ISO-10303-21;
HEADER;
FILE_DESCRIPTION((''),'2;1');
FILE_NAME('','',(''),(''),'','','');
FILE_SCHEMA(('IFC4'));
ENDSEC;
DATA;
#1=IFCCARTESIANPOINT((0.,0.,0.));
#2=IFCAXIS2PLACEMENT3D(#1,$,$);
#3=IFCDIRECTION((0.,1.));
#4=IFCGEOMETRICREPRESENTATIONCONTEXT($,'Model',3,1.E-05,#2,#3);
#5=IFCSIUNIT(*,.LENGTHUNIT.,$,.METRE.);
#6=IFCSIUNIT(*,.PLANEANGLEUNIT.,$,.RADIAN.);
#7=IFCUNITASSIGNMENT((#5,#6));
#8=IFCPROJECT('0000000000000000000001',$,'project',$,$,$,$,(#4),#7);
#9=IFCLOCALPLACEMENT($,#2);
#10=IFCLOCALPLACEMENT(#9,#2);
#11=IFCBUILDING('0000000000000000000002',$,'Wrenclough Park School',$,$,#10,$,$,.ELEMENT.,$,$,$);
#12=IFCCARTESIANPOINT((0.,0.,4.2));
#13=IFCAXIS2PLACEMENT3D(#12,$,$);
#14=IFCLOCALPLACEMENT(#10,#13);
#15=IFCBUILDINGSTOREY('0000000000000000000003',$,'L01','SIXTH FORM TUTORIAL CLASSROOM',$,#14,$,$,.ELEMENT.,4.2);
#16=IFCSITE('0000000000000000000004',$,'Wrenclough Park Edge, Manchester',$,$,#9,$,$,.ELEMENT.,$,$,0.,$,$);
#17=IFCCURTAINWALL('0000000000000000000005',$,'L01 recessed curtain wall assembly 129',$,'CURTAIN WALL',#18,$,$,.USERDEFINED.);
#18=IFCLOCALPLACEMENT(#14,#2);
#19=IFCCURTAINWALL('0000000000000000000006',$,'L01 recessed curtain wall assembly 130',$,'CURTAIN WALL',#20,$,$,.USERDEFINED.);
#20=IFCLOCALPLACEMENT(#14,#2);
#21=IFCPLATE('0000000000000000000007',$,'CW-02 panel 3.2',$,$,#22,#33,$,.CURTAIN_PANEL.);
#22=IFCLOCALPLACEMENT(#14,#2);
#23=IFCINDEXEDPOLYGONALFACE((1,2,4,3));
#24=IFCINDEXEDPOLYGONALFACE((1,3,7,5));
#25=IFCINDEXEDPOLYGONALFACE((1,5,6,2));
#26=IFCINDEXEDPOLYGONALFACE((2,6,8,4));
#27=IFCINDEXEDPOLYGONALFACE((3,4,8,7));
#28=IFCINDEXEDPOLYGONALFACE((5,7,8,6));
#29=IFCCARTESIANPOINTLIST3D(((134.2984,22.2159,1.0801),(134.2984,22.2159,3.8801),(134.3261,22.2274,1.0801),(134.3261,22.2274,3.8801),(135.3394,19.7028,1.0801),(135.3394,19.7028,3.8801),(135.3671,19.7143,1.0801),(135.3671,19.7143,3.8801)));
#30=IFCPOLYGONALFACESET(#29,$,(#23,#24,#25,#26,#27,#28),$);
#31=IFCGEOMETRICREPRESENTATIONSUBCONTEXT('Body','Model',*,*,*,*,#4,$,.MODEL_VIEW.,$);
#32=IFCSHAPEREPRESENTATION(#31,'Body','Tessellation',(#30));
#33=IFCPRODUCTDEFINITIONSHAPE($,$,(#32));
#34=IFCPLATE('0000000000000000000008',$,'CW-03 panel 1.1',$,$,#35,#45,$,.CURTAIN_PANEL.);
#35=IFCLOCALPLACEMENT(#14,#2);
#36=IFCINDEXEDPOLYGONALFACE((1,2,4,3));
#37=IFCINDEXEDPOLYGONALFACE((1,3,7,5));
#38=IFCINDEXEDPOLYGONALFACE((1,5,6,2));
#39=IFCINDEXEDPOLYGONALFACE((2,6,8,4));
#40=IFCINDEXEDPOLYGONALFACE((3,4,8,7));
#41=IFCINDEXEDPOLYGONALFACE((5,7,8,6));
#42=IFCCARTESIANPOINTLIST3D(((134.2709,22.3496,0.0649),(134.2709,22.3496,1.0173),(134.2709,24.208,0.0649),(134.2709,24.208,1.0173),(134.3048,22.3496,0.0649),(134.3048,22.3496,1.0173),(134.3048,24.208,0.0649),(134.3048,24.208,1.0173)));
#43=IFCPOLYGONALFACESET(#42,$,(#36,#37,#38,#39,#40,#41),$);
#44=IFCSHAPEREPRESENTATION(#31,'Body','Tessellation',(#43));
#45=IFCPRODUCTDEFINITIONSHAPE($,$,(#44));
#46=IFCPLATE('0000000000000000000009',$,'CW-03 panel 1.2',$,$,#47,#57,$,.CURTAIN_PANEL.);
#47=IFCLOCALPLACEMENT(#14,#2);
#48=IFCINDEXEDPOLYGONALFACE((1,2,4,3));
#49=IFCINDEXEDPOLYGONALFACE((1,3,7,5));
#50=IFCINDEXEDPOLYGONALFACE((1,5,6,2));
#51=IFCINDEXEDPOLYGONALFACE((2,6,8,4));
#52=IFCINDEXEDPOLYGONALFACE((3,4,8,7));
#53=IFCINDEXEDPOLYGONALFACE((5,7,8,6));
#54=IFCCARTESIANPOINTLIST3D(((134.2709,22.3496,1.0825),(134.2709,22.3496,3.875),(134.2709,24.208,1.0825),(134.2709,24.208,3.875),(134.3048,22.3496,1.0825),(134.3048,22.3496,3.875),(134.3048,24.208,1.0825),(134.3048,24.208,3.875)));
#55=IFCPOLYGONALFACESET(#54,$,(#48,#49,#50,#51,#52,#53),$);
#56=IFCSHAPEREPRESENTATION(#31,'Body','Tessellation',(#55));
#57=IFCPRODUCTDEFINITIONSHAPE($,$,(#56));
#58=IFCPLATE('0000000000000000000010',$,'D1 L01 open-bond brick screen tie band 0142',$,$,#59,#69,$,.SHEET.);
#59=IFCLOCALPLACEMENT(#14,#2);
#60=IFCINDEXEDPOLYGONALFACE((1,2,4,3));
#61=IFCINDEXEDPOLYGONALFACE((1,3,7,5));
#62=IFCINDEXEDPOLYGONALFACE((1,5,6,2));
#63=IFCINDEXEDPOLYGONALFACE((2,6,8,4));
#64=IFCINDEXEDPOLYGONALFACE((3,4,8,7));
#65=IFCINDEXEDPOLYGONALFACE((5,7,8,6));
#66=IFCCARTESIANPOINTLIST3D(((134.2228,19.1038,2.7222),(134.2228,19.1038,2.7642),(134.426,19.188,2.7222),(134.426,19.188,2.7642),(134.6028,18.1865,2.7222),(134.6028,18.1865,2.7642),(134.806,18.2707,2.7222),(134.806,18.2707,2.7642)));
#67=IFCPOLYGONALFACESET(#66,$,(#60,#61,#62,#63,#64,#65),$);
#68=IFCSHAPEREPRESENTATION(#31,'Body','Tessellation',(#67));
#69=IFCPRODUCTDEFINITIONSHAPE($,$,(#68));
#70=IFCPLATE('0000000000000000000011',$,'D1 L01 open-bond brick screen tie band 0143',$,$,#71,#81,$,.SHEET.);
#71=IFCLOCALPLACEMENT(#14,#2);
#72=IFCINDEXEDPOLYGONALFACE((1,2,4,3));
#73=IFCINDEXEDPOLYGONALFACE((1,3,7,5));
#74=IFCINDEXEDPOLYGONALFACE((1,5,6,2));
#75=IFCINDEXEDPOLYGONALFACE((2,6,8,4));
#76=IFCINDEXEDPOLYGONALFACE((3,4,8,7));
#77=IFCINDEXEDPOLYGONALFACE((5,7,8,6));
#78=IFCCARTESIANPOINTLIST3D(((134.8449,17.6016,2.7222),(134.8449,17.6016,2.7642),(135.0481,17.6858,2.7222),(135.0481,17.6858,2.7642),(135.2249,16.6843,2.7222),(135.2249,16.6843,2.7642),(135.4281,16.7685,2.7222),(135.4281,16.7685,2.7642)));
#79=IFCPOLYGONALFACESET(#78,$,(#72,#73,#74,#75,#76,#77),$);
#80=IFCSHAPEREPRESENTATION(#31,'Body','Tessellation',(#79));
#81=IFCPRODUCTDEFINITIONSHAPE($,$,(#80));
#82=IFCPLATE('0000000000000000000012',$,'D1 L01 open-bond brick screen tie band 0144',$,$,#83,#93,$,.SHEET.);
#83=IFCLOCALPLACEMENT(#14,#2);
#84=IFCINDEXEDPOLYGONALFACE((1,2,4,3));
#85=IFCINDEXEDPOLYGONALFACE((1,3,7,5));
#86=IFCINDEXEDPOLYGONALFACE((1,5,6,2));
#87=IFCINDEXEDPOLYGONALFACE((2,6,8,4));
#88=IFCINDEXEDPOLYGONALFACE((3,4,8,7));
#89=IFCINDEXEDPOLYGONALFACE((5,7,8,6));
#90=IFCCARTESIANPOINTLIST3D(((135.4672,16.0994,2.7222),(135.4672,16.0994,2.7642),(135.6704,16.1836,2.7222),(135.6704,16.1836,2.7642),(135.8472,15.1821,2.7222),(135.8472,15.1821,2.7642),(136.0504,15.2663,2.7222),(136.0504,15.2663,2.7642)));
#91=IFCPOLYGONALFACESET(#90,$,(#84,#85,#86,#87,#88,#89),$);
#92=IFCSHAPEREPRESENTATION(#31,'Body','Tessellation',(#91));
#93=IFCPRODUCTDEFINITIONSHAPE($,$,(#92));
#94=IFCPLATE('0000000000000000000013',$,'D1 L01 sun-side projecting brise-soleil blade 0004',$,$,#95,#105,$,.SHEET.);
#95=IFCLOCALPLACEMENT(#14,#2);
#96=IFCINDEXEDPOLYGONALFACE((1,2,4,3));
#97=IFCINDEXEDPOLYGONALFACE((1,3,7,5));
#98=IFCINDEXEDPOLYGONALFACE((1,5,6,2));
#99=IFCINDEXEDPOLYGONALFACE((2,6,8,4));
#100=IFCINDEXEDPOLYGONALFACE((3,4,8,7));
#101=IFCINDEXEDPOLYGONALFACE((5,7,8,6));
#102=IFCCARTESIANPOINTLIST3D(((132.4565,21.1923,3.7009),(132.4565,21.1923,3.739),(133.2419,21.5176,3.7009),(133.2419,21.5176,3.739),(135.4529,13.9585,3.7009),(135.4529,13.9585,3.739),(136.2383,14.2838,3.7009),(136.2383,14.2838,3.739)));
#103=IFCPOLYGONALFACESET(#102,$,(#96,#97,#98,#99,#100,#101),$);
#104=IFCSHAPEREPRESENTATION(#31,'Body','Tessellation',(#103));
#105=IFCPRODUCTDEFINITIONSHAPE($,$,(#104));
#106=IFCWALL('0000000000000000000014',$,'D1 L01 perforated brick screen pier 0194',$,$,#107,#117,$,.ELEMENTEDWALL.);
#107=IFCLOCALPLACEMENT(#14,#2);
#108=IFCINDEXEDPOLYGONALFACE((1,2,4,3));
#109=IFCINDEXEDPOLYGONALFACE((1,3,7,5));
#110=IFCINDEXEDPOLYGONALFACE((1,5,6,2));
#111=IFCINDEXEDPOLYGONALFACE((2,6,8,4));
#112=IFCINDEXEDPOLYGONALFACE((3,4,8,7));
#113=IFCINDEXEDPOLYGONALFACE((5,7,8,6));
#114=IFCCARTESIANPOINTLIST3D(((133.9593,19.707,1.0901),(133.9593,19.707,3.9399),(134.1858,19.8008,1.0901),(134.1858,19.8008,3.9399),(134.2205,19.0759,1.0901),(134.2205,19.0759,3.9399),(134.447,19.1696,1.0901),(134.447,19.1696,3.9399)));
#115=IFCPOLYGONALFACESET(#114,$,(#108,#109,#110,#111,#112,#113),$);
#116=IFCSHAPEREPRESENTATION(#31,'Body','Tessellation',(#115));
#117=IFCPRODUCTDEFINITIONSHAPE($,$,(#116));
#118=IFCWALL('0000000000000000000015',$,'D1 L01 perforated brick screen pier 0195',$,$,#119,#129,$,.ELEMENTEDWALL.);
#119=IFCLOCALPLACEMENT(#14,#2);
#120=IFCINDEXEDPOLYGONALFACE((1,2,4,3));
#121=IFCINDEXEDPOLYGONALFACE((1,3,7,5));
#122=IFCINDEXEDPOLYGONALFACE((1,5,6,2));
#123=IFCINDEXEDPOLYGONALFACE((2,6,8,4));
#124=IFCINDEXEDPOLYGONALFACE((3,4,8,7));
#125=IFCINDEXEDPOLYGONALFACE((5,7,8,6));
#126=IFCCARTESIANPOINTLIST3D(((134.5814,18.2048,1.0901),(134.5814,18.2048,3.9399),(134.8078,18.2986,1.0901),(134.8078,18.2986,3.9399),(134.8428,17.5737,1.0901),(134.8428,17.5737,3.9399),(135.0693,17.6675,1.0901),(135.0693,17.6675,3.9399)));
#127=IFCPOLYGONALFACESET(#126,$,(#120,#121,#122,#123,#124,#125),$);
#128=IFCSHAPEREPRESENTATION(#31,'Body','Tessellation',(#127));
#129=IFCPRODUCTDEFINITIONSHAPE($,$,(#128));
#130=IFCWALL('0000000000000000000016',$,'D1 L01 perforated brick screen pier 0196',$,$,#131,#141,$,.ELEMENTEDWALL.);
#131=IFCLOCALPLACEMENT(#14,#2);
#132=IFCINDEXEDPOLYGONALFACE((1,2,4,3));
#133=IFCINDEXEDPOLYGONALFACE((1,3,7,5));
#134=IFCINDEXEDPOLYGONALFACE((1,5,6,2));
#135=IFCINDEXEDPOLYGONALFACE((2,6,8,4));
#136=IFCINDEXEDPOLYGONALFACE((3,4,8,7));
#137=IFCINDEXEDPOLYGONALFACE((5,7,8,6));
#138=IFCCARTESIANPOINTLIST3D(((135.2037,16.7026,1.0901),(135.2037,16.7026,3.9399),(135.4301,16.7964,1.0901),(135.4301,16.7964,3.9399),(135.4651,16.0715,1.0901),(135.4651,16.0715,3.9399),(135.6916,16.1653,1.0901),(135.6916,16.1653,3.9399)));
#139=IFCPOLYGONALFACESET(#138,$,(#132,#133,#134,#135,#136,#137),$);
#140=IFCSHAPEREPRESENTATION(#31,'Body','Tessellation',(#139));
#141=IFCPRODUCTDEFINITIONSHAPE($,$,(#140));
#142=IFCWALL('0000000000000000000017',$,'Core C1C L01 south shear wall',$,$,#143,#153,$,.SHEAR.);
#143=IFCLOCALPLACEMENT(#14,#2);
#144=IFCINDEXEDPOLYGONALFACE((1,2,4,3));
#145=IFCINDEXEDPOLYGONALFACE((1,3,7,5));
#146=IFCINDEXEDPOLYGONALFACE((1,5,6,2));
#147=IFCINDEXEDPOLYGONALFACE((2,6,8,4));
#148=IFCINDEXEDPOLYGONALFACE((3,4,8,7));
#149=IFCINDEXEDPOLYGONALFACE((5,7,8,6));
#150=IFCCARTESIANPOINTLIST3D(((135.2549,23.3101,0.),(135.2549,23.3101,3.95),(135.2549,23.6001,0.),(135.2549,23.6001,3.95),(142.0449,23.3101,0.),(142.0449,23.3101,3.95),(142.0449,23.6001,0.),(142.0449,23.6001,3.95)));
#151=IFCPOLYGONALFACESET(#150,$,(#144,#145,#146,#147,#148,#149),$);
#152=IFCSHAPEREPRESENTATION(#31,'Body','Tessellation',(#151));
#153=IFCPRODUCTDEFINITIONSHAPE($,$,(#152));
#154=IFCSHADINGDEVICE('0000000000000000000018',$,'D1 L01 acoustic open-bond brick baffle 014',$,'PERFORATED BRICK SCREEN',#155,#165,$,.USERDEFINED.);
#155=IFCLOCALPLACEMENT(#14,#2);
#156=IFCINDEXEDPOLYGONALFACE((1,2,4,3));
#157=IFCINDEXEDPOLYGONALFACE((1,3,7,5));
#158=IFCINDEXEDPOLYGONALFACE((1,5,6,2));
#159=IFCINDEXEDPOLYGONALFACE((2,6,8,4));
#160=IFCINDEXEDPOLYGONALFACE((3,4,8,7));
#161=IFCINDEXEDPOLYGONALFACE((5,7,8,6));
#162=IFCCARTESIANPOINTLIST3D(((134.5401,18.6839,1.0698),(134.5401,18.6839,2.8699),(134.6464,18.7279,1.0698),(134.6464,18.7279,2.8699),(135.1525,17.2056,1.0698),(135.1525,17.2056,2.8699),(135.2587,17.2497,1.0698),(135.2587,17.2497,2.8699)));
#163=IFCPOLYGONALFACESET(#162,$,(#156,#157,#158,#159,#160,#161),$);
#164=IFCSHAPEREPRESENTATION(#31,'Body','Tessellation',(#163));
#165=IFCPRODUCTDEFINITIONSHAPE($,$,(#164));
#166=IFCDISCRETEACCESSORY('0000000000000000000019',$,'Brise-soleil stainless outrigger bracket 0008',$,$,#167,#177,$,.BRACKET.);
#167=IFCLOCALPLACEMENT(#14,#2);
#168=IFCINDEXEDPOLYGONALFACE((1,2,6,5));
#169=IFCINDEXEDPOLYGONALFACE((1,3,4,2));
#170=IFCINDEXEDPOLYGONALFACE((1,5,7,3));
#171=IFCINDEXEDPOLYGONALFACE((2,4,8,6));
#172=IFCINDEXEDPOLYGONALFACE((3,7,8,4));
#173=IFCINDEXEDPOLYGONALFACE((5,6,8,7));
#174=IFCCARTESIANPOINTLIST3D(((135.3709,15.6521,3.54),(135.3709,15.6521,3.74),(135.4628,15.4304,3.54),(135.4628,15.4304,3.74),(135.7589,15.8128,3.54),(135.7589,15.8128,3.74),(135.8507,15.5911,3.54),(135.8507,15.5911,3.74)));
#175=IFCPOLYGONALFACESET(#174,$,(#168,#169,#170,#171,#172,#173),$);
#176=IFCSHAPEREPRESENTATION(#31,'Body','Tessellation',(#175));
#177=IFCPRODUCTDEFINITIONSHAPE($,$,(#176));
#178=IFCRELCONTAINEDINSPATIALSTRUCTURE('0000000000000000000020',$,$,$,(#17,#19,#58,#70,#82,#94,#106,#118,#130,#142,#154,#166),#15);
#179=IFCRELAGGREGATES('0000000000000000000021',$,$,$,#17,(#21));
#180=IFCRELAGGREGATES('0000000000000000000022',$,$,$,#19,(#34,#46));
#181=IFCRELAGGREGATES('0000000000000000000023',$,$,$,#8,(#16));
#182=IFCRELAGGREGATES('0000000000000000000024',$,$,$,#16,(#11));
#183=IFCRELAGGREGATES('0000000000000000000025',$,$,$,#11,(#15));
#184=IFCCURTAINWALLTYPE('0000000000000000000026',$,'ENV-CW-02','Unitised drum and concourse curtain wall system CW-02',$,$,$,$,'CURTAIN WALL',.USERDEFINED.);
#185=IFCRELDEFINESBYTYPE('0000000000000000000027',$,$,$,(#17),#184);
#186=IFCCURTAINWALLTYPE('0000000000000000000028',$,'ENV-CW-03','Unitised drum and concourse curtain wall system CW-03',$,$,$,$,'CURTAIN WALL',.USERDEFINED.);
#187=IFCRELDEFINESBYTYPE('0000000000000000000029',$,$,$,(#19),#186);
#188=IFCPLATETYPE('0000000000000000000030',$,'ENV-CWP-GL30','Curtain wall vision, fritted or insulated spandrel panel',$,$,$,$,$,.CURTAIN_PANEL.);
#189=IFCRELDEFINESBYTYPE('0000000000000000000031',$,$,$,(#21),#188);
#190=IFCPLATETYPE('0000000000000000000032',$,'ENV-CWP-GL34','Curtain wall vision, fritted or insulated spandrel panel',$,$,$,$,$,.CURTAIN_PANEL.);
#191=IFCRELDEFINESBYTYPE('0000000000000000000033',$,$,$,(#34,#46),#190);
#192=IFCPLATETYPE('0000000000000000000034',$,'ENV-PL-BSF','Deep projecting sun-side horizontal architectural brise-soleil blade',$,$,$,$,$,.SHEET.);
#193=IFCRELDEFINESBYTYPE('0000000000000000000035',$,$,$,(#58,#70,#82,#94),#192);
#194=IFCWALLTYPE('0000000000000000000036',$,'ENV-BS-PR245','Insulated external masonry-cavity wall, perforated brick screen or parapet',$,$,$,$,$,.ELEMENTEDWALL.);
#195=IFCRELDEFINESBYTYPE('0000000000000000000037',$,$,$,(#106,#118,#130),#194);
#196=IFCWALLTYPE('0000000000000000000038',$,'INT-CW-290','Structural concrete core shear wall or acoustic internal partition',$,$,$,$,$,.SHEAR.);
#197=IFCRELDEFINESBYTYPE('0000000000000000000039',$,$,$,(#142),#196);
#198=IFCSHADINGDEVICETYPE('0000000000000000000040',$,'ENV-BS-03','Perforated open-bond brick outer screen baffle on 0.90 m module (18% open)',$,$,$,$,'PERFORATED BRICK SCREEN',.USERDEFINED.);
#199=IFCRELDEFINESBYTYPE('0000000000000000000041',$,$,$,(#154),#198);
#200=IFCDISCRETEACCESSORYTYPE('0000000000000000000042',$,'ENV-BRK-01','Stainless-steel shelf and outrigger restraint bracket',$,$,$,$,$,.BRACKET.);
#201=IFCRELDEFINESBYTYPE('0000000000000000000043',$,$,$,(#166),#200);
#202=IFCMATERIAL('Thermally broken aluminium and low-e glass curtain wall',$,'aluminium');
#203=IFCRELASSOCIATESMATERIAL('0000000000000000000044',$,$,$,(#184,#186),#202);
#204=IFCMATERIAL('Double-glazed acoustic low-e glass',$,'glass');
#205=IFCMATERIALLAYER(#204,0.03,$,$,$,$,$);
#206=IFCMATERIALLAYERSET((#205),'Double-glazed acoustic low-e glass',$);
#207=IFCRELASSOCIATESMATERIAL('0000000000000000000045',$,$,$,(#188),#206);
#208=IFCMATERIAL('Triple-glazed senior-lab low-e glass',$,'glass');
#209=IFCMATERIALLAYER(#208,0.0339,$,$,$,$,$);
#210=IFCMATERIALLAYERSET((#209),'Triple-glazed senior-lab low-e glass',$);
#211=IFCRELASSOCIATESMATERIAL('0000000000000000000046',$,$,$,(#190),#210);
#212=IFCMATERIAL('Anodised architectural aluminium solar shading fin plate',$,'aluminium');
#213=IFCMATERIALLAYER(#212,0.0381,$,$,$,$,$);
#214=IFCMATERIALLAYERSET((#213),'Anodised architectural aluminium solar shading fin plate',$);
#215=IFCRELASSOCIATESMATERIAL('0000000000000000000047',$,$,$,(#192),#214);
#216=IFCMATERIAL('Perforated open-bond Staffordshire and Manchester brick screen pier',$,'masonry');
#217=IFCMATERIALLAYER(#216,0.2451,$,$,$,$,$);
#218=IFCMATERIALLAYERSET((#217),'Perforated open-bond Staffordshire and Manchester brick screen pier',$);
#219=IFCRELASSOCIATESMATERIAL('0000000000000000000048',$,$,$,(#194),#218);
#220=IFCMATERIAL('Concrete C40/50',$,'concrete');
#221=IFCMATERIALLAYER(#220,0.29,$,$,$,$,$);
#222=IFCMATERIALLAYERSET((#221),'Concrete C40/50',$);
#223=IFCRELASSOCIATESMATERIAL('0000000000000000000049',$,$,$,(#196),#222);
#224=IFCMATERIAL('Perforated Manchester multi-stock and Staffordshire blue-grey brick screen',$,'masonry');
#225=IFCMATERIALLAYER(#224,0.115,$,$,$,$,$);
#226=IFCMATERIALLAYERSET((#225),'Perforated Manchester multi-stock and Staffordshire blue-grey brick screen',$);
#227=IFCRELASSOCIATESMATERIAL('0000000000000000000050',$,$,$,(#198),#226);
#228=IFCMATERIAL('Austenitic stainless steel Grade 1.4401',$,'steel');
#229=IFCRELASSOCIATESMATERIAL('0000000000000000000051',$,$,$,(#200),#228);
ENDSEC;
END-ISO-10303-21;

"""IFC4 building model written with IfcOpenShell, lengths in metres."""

from ifc_helpers import new_model, si_unit, direction, frame, frame_2d, origin, origin_2d, place, context, subcontext, project, spatial, rectangle, extrude, material, layer, layer_set, type_object, element, aggregate, save


model = new_model("IFC4")

# Units and contexts
model_context = context("Model", 3, precision=1e-05, world=origin(), true_north=direction((0.0, 1.0)))
body_context = subcontext(model_context, "Body", "Model", "MODEL_VIEW")
ifc_project = project(units=[si_unit("LENGTHUNIT", "METRE"), si_unit("PLANEANGLEUNIT", "RADIAN")], contexts=[model_context])

# Site, building, storey
site_placement = place(None, origin())
site = spatial("IfcSite", under=ifc_project, at=site_placement, Name="Wrenclough Park Edge, Manchester", CompositionType="ELEMENT", RefElevation=0.0)
building_placement = place(site_placement, origin())
building = spatial("IfcBuilding", under=site, at=building_placement, Name="Wrenclough Park School", CompositionType="ELEMENT")
storey_placement = place(building_placement, frame((0.0, 0.0, 4.2)))
storey = spatial("IfcBuildingStorey", under=building, at=storey_placement, Name="L01", Description="SIXTH FORM TUTORIAL CLASSROOM", CompositionType="ELEMENT", Elevation=4.2)

# Curtain walls
ifc_material_1 = material(Name="Thermally broken aluminium and low-e glass curtain wall", Category="aluminium")
curtain_wall_type_1 = type_object("IfcCurtainWallType", Name="ENV-CW-02", Description="Unitised drum and concourse curtain wall system CW-02", ElementType="CURTAIN WALL", PredefinedType="USERDEFINED", material=ifc_material_1)
curtain_wall_1_placement = place(storey_placement, origin())
curtain_wall_1 = element("IfcCurtainWall", 1, at=curtain_wall_1_placement, inside=storey, type_object=curtain_wall_type_1, Name="L01 recessed curtain wall assembly 129", ObjectType="CURTAIN WALL", PredefinedType="USERDEFINED")
curtain_wall_type_2 = type_object("IfcCurtainWallType", Name="ENV-CW-03", Description="Unitised drum and concourse curtain wall system CW-03", ElementType="CURTAIN WALL", PredefinedType="USERDEFINED", material=ifc_material_1)
curtain_wall_2_placement = place(storey_placement, origin())
curtain_wall_2 = element("IfcCurtainWall", 2, at=curtain_wall_2_placement, inside=storey, type_object=curtain_wall_type_2, Name="L01 recessed curtain wall assembly 130", ObjectType="CURTAIN WALL", PredefinedType="USERDEFINED")

# Plates
ifc_material_2 = material(Name="Double-glazed acoustic low-e glass", Category="glass")
ifc_layer_1 = layer(ifc_material_2, 0.03)
ifc_layer_set_1 = layer_set([ifc_layer_1], Name="Double-glazed acoustic low-e glass")
plate_type_1 = type_object("IfcPlateType", Name="ENV-CWP-GL30", Description="Curtain wall vision, fritted or insulated spandrel panel", PredefinedType="CURTAIN_PANEL", material=ifc_layer_set_1)
plate_1_placement = place(storey_placement, frame((134.8328, 20.9651, 1.0801), z_axis=(0.0, 0.0, 1.0), x_axis=(-0.382687, 0.923878, 0.0)))
plate_1 = element("IfcPlate", 3, at=plate_1_placement, type_object=plate_type_1, Name="CW-02 panel 3.2", PredefinedType="CURTAIN_PANEL", context=body_context, shape_type="SweptSolid", body=[
    extrude(rectangle(XDim=2.7202, YDim=0.03, at=origin_2d()), origin(), (0.0, 0.0, 1.0), 2.8),
])
aggregate(curtain_wall_1, [plate_1])
ifc_material_3 = material(Name="Triple-glazed senior-lab low-e glass", Category="glass")
ifc_layer_2 = layer(ifc_material_3, 0.0339)
ifc_layer_set_2 = layer_set([ifc_layer_2], Name="Triple-glazed senior-lab low-e glass")
plate_type_2 = type_object("IfcPlateType", Name="ENV-CWP-GL34", Description="Curtain wall vision, fritted or insulated spandrel panel", PredefinedType="CURTAIN_PANEL", material=ifc_layer_set_2)
plate_2_placement = place(storey_placement, frame((134.2878, 23.2788, 0.0649), z_axis=(0.0, 0.0, 1.0), x_axis=(0.0, 1.0, 0.0)))
plate_2 = element("IfcPlate", 4, at=plate_2_placement, type_object=plate_type_2, Name="CW-03 panel 1.1", PredefinedType="CURTAIN_PANEL", context=body_context, shape_type="SweptSolid", body=[
    extrude(rectangle(XDim=1.8584, YDim=0.0339, at=origin_2d()), origin(), (0.0, 0.0, 1.0), 0.9524),
])
plate_3_placement = place(storey_placement, frame((134.2878, 23.2788, 1.0825), z_axis=(0.0, 0.0, 1.0), x_axis=(0.0, 1.0, 0.0)))
plate_3 = element("IfcPlate", 5, at=plate_3_placement, type_object=plate_type_2, Name="CW-03 panel 1.2", PredefinedType="CURTAIN_PANEL", context=body_context, shape_type="SweptSolid", body=[
    extrude(rectangle(XDim=1.8584, YDim=0.0339, at=origin_2d()), origin(), (0.0, 0.0, 1.0), 2.7925),
])
aggregate(curtain_wall_2, [plate_2, plate_3])

# Plates
ifc_material_4 = material(Name="Anodised architectural aluminium solar shading fin plate", Category="aluminium")
ifc_layer_3 = layer(ifc_material_4, 0.0381)
ifc_layer_set_3 = layer_set([ifc_layer_3], Name="Anodised architectural aluminium solar shading fin plate")
plate_type_3 = type_object("IfcPlateType", Name="ENV-PL-BSF", Description="Deep projecting sun-side horizontal architectural brise-soleil blade", PredefinedType="SHEET", material=ifc_layer_set_3)
for number, where, z_axis, x_axis, name in (
    (6, (134.5144, 18.6873, 2.7222), (0.0, 0.0, 1.0), (0.382692, -0.923876, 0.0), "D1 L01 open-bond brick screen tie band 0142"),
    (7, (135.1365, 17.1851, 2.7222), (0.0, 0.0, 1.0), (0.382692, -0.923876, 0.0), "D1 L01 open-bond brick screen tie band 0143"),
    (8, (135.7588, 15.6829, 2.7222), (0.0, 0.0, 1.0), (0.382692, -0.923876, 0.0), "D1 L01 open-bond brick screen tie band 0144"),
):
    element("IfcPlate", number, at=place(storey_placement, frame(where, z_axis=z_axis, x_axis=x_axis)), inside=storey, type_object=plate_type_3, Name=name, PredefinedType="SHEET", context=body_context, shape_type="SweptSolid", body=[
        extrude(rectangle(XDim=0.9929, YDim=0.22, at=origin_2d()), origin(), (0.0, 0.0, 1.0), 0.042),
    ])
plate_4_placement = place(storey_placement, frame((134.3474, 17.738, 3.7009), z_axis=(0.0, 0.0, 1.0), x_axis=(0.382692, -0.923876, 0.0)))
element("IfcPlate", 9, at=plate_4_placement, inside=storey, type_object=plate_type_3, Name="D1 L01 sun-side projecting brise-soleil blade 0004", PredefinedType="SHEET", context=body_context, shape_type="SweptSolid", body=[
    extrude(rectangle(XDim=7.8298, YDim=0.8501, at=origin_2d()), origin(), (0.0, 0.0, 1.0), 0.0381),
])

# Walls
ifc_material_5 = material(Name="Perforated open-bond Staffordshire and Manchester brick screen pier", Category="masonry")
ifc_layer_4 = layer(ifc_material_5, 0.2451)
ifc_layer_set_4 = layer_set([ifc_layer_4], Name="Perforated open-bond Staffordshire and Manchester brick screen pier")
wall_type_1 = type_object("IfcWallType", Name="ENV-BS-PR245", Description="Insulated external masonry-cavity wall, perforated brick screen or parapet", PredefinedType="ELEMENTEDWALL", material=ifc_layer_set_4)
for number, where, z_axis, x_axis, name in (
    (10, (134.0725, 19.7539, 1.0901), (0.0, 0.0, 1.0), (0.382457, -0.923973, 0.0), "D1 L01 perforated brick screen pier 0194"),
    (11, (134.6946, 18.2517, 1.0901), (0.0, 0.0, 1.0), (0.382762, -0.923847, 0.0), "D1 L01 perforated brick screen pier 0195"),
    (12, (135.3169, 16.7495, 1.0901), (0.0, 0.0, 1.0), (0.382762, -0.923847, 0.0), "D1 L01 perforated brick screen pier 0196"),
):
    element("IfcWall", number, at=place(storey_placement, frame(where, z_axis=z_axis, x_axis=x_axis)), inside=storey, type_object=wall_type_1, Name=name, PredefinedType="ELEMENTEDWALL", context=body_context, shape_type="SweptSolid", body=[
        extrude(rectangle(XDim=0.6831, YDim=0.2451, at=frame_2d((0.3416, 0.0))), origin(), (0.0, 0.0, 1.0), 2.8499),
    ])
ifc_material_6 = material(Name="Concrete C40/50", Category="concrete")
ifc_layer_5 = layer(ifc_material_6, 0.29)
ifc_layer_set_5 = layer_set([ifc_layer_5], Name="Concrete C40/50")
wall_type_2 = type_object("IfcWallType", Name="INT-CW-290", Description="Structural concrete core shear wall or acoustic internal partition", PredefinedType="SHEAR", material=ifc_layer_set_5)
wall_placement = place(storey_placement, frame((135.2549, 23.4551, 0.0), z_axis=(0.0, 0.0, 1.0), x_axis=(1.0, 0.0, 0.0)))
element("IfcWall", 13, at=wall_placement, inside=storey, type_object=wall_type_2, Name="Core C1C L01 south shear wall", PredefinedType="SHEAR", context=body_context, shape_type="SweptSolid", body=[
    extrude(rectangle(XDim=6.79, YDim=0.29, at=frame_2d((3.395, 0.0))), origin(), (0.0, 0.0, 1.0), 3.95),
])

# Shading device
ifc_material_7 = material(Name="Perforated Manchester multi-stock and Staffordshire blue-grey brick screen", Category="masonry")
ifc_layer_6 = layer(ifc_material_7, 0.115)
ifc_layer_set_6 = layer_set([ifc_layer_6], Name="Perforated Manchester multi-stock and Staffordshire blue-grey brick screen")
shading_device_type = type_object("IfcShadingDeviceType", Name="ENV-BS-03", Description="Perforated open-bond brick outer screen baffle on 0.90 m module (18% open)", ElementType="PERFORATED BRICK SCREEN", PredefinedType="USERDEFINED", material=ifc_layer_set_6)
shading_device_placement = place(storey_placement, frame((134.8994, 17.9668, 1.0698), z_axis=(0.0, 0.0, 1.0), x_axis=(0.382692, -0.923876, 0.0)))
element("IfcShadingDevice", 14, at=shading_device_placement, inside=storey, type_object=shading_device_type, Name="D1 L01 acoustic open-bond brick baffle 014", ObjectType="PERFORATED BRICK SCREEN", PredefinedType="USERDEFINED", context=body_context, shape_type="SweptSolid", body=[
    extrude(rectangle(XDim=1.6001, YDim=0.115, at=origin_2d()), origin(), (0.0, 0.0, 1.0), 1.8),
])

# Discrete accessory
ifc_material_8 = material(Name="Austenitic stainless steel Grade 1.4401", Category="steel")
discrete_accessory_type = type_object("IfcDiscreteAccessoryType", Name="ENV-BRK-01", Description="Stainless-steel shelf and outrigger restraint bracket", PredefinedType="BRACKET", material=ifc_material_8)
discrete_accessory_placement = place(storey_placement, frame((135.6108, 15.6216, 3.54), z_axis=(0.0, 0.0, 1.0), x_axis=(0.382692, -0.923876, 0.0)))
element("IfcDiscreteAccessory", 15, at=discrete_accessory_placement, inside=storey, type_object=discrete_accessory_type, Name="Brise-soleil stainless outrigger bracket 0008", PredefinedType="BRACKET", context=body_context, shape_type="SweptSolid", body=[
    extrude(rectangle(XDim=0.24, YDim=0.4199, at=origin_2d()), origin(), (0.0, 0.0, 1.0), 0.2),
])

save(model, "model.ifc")
